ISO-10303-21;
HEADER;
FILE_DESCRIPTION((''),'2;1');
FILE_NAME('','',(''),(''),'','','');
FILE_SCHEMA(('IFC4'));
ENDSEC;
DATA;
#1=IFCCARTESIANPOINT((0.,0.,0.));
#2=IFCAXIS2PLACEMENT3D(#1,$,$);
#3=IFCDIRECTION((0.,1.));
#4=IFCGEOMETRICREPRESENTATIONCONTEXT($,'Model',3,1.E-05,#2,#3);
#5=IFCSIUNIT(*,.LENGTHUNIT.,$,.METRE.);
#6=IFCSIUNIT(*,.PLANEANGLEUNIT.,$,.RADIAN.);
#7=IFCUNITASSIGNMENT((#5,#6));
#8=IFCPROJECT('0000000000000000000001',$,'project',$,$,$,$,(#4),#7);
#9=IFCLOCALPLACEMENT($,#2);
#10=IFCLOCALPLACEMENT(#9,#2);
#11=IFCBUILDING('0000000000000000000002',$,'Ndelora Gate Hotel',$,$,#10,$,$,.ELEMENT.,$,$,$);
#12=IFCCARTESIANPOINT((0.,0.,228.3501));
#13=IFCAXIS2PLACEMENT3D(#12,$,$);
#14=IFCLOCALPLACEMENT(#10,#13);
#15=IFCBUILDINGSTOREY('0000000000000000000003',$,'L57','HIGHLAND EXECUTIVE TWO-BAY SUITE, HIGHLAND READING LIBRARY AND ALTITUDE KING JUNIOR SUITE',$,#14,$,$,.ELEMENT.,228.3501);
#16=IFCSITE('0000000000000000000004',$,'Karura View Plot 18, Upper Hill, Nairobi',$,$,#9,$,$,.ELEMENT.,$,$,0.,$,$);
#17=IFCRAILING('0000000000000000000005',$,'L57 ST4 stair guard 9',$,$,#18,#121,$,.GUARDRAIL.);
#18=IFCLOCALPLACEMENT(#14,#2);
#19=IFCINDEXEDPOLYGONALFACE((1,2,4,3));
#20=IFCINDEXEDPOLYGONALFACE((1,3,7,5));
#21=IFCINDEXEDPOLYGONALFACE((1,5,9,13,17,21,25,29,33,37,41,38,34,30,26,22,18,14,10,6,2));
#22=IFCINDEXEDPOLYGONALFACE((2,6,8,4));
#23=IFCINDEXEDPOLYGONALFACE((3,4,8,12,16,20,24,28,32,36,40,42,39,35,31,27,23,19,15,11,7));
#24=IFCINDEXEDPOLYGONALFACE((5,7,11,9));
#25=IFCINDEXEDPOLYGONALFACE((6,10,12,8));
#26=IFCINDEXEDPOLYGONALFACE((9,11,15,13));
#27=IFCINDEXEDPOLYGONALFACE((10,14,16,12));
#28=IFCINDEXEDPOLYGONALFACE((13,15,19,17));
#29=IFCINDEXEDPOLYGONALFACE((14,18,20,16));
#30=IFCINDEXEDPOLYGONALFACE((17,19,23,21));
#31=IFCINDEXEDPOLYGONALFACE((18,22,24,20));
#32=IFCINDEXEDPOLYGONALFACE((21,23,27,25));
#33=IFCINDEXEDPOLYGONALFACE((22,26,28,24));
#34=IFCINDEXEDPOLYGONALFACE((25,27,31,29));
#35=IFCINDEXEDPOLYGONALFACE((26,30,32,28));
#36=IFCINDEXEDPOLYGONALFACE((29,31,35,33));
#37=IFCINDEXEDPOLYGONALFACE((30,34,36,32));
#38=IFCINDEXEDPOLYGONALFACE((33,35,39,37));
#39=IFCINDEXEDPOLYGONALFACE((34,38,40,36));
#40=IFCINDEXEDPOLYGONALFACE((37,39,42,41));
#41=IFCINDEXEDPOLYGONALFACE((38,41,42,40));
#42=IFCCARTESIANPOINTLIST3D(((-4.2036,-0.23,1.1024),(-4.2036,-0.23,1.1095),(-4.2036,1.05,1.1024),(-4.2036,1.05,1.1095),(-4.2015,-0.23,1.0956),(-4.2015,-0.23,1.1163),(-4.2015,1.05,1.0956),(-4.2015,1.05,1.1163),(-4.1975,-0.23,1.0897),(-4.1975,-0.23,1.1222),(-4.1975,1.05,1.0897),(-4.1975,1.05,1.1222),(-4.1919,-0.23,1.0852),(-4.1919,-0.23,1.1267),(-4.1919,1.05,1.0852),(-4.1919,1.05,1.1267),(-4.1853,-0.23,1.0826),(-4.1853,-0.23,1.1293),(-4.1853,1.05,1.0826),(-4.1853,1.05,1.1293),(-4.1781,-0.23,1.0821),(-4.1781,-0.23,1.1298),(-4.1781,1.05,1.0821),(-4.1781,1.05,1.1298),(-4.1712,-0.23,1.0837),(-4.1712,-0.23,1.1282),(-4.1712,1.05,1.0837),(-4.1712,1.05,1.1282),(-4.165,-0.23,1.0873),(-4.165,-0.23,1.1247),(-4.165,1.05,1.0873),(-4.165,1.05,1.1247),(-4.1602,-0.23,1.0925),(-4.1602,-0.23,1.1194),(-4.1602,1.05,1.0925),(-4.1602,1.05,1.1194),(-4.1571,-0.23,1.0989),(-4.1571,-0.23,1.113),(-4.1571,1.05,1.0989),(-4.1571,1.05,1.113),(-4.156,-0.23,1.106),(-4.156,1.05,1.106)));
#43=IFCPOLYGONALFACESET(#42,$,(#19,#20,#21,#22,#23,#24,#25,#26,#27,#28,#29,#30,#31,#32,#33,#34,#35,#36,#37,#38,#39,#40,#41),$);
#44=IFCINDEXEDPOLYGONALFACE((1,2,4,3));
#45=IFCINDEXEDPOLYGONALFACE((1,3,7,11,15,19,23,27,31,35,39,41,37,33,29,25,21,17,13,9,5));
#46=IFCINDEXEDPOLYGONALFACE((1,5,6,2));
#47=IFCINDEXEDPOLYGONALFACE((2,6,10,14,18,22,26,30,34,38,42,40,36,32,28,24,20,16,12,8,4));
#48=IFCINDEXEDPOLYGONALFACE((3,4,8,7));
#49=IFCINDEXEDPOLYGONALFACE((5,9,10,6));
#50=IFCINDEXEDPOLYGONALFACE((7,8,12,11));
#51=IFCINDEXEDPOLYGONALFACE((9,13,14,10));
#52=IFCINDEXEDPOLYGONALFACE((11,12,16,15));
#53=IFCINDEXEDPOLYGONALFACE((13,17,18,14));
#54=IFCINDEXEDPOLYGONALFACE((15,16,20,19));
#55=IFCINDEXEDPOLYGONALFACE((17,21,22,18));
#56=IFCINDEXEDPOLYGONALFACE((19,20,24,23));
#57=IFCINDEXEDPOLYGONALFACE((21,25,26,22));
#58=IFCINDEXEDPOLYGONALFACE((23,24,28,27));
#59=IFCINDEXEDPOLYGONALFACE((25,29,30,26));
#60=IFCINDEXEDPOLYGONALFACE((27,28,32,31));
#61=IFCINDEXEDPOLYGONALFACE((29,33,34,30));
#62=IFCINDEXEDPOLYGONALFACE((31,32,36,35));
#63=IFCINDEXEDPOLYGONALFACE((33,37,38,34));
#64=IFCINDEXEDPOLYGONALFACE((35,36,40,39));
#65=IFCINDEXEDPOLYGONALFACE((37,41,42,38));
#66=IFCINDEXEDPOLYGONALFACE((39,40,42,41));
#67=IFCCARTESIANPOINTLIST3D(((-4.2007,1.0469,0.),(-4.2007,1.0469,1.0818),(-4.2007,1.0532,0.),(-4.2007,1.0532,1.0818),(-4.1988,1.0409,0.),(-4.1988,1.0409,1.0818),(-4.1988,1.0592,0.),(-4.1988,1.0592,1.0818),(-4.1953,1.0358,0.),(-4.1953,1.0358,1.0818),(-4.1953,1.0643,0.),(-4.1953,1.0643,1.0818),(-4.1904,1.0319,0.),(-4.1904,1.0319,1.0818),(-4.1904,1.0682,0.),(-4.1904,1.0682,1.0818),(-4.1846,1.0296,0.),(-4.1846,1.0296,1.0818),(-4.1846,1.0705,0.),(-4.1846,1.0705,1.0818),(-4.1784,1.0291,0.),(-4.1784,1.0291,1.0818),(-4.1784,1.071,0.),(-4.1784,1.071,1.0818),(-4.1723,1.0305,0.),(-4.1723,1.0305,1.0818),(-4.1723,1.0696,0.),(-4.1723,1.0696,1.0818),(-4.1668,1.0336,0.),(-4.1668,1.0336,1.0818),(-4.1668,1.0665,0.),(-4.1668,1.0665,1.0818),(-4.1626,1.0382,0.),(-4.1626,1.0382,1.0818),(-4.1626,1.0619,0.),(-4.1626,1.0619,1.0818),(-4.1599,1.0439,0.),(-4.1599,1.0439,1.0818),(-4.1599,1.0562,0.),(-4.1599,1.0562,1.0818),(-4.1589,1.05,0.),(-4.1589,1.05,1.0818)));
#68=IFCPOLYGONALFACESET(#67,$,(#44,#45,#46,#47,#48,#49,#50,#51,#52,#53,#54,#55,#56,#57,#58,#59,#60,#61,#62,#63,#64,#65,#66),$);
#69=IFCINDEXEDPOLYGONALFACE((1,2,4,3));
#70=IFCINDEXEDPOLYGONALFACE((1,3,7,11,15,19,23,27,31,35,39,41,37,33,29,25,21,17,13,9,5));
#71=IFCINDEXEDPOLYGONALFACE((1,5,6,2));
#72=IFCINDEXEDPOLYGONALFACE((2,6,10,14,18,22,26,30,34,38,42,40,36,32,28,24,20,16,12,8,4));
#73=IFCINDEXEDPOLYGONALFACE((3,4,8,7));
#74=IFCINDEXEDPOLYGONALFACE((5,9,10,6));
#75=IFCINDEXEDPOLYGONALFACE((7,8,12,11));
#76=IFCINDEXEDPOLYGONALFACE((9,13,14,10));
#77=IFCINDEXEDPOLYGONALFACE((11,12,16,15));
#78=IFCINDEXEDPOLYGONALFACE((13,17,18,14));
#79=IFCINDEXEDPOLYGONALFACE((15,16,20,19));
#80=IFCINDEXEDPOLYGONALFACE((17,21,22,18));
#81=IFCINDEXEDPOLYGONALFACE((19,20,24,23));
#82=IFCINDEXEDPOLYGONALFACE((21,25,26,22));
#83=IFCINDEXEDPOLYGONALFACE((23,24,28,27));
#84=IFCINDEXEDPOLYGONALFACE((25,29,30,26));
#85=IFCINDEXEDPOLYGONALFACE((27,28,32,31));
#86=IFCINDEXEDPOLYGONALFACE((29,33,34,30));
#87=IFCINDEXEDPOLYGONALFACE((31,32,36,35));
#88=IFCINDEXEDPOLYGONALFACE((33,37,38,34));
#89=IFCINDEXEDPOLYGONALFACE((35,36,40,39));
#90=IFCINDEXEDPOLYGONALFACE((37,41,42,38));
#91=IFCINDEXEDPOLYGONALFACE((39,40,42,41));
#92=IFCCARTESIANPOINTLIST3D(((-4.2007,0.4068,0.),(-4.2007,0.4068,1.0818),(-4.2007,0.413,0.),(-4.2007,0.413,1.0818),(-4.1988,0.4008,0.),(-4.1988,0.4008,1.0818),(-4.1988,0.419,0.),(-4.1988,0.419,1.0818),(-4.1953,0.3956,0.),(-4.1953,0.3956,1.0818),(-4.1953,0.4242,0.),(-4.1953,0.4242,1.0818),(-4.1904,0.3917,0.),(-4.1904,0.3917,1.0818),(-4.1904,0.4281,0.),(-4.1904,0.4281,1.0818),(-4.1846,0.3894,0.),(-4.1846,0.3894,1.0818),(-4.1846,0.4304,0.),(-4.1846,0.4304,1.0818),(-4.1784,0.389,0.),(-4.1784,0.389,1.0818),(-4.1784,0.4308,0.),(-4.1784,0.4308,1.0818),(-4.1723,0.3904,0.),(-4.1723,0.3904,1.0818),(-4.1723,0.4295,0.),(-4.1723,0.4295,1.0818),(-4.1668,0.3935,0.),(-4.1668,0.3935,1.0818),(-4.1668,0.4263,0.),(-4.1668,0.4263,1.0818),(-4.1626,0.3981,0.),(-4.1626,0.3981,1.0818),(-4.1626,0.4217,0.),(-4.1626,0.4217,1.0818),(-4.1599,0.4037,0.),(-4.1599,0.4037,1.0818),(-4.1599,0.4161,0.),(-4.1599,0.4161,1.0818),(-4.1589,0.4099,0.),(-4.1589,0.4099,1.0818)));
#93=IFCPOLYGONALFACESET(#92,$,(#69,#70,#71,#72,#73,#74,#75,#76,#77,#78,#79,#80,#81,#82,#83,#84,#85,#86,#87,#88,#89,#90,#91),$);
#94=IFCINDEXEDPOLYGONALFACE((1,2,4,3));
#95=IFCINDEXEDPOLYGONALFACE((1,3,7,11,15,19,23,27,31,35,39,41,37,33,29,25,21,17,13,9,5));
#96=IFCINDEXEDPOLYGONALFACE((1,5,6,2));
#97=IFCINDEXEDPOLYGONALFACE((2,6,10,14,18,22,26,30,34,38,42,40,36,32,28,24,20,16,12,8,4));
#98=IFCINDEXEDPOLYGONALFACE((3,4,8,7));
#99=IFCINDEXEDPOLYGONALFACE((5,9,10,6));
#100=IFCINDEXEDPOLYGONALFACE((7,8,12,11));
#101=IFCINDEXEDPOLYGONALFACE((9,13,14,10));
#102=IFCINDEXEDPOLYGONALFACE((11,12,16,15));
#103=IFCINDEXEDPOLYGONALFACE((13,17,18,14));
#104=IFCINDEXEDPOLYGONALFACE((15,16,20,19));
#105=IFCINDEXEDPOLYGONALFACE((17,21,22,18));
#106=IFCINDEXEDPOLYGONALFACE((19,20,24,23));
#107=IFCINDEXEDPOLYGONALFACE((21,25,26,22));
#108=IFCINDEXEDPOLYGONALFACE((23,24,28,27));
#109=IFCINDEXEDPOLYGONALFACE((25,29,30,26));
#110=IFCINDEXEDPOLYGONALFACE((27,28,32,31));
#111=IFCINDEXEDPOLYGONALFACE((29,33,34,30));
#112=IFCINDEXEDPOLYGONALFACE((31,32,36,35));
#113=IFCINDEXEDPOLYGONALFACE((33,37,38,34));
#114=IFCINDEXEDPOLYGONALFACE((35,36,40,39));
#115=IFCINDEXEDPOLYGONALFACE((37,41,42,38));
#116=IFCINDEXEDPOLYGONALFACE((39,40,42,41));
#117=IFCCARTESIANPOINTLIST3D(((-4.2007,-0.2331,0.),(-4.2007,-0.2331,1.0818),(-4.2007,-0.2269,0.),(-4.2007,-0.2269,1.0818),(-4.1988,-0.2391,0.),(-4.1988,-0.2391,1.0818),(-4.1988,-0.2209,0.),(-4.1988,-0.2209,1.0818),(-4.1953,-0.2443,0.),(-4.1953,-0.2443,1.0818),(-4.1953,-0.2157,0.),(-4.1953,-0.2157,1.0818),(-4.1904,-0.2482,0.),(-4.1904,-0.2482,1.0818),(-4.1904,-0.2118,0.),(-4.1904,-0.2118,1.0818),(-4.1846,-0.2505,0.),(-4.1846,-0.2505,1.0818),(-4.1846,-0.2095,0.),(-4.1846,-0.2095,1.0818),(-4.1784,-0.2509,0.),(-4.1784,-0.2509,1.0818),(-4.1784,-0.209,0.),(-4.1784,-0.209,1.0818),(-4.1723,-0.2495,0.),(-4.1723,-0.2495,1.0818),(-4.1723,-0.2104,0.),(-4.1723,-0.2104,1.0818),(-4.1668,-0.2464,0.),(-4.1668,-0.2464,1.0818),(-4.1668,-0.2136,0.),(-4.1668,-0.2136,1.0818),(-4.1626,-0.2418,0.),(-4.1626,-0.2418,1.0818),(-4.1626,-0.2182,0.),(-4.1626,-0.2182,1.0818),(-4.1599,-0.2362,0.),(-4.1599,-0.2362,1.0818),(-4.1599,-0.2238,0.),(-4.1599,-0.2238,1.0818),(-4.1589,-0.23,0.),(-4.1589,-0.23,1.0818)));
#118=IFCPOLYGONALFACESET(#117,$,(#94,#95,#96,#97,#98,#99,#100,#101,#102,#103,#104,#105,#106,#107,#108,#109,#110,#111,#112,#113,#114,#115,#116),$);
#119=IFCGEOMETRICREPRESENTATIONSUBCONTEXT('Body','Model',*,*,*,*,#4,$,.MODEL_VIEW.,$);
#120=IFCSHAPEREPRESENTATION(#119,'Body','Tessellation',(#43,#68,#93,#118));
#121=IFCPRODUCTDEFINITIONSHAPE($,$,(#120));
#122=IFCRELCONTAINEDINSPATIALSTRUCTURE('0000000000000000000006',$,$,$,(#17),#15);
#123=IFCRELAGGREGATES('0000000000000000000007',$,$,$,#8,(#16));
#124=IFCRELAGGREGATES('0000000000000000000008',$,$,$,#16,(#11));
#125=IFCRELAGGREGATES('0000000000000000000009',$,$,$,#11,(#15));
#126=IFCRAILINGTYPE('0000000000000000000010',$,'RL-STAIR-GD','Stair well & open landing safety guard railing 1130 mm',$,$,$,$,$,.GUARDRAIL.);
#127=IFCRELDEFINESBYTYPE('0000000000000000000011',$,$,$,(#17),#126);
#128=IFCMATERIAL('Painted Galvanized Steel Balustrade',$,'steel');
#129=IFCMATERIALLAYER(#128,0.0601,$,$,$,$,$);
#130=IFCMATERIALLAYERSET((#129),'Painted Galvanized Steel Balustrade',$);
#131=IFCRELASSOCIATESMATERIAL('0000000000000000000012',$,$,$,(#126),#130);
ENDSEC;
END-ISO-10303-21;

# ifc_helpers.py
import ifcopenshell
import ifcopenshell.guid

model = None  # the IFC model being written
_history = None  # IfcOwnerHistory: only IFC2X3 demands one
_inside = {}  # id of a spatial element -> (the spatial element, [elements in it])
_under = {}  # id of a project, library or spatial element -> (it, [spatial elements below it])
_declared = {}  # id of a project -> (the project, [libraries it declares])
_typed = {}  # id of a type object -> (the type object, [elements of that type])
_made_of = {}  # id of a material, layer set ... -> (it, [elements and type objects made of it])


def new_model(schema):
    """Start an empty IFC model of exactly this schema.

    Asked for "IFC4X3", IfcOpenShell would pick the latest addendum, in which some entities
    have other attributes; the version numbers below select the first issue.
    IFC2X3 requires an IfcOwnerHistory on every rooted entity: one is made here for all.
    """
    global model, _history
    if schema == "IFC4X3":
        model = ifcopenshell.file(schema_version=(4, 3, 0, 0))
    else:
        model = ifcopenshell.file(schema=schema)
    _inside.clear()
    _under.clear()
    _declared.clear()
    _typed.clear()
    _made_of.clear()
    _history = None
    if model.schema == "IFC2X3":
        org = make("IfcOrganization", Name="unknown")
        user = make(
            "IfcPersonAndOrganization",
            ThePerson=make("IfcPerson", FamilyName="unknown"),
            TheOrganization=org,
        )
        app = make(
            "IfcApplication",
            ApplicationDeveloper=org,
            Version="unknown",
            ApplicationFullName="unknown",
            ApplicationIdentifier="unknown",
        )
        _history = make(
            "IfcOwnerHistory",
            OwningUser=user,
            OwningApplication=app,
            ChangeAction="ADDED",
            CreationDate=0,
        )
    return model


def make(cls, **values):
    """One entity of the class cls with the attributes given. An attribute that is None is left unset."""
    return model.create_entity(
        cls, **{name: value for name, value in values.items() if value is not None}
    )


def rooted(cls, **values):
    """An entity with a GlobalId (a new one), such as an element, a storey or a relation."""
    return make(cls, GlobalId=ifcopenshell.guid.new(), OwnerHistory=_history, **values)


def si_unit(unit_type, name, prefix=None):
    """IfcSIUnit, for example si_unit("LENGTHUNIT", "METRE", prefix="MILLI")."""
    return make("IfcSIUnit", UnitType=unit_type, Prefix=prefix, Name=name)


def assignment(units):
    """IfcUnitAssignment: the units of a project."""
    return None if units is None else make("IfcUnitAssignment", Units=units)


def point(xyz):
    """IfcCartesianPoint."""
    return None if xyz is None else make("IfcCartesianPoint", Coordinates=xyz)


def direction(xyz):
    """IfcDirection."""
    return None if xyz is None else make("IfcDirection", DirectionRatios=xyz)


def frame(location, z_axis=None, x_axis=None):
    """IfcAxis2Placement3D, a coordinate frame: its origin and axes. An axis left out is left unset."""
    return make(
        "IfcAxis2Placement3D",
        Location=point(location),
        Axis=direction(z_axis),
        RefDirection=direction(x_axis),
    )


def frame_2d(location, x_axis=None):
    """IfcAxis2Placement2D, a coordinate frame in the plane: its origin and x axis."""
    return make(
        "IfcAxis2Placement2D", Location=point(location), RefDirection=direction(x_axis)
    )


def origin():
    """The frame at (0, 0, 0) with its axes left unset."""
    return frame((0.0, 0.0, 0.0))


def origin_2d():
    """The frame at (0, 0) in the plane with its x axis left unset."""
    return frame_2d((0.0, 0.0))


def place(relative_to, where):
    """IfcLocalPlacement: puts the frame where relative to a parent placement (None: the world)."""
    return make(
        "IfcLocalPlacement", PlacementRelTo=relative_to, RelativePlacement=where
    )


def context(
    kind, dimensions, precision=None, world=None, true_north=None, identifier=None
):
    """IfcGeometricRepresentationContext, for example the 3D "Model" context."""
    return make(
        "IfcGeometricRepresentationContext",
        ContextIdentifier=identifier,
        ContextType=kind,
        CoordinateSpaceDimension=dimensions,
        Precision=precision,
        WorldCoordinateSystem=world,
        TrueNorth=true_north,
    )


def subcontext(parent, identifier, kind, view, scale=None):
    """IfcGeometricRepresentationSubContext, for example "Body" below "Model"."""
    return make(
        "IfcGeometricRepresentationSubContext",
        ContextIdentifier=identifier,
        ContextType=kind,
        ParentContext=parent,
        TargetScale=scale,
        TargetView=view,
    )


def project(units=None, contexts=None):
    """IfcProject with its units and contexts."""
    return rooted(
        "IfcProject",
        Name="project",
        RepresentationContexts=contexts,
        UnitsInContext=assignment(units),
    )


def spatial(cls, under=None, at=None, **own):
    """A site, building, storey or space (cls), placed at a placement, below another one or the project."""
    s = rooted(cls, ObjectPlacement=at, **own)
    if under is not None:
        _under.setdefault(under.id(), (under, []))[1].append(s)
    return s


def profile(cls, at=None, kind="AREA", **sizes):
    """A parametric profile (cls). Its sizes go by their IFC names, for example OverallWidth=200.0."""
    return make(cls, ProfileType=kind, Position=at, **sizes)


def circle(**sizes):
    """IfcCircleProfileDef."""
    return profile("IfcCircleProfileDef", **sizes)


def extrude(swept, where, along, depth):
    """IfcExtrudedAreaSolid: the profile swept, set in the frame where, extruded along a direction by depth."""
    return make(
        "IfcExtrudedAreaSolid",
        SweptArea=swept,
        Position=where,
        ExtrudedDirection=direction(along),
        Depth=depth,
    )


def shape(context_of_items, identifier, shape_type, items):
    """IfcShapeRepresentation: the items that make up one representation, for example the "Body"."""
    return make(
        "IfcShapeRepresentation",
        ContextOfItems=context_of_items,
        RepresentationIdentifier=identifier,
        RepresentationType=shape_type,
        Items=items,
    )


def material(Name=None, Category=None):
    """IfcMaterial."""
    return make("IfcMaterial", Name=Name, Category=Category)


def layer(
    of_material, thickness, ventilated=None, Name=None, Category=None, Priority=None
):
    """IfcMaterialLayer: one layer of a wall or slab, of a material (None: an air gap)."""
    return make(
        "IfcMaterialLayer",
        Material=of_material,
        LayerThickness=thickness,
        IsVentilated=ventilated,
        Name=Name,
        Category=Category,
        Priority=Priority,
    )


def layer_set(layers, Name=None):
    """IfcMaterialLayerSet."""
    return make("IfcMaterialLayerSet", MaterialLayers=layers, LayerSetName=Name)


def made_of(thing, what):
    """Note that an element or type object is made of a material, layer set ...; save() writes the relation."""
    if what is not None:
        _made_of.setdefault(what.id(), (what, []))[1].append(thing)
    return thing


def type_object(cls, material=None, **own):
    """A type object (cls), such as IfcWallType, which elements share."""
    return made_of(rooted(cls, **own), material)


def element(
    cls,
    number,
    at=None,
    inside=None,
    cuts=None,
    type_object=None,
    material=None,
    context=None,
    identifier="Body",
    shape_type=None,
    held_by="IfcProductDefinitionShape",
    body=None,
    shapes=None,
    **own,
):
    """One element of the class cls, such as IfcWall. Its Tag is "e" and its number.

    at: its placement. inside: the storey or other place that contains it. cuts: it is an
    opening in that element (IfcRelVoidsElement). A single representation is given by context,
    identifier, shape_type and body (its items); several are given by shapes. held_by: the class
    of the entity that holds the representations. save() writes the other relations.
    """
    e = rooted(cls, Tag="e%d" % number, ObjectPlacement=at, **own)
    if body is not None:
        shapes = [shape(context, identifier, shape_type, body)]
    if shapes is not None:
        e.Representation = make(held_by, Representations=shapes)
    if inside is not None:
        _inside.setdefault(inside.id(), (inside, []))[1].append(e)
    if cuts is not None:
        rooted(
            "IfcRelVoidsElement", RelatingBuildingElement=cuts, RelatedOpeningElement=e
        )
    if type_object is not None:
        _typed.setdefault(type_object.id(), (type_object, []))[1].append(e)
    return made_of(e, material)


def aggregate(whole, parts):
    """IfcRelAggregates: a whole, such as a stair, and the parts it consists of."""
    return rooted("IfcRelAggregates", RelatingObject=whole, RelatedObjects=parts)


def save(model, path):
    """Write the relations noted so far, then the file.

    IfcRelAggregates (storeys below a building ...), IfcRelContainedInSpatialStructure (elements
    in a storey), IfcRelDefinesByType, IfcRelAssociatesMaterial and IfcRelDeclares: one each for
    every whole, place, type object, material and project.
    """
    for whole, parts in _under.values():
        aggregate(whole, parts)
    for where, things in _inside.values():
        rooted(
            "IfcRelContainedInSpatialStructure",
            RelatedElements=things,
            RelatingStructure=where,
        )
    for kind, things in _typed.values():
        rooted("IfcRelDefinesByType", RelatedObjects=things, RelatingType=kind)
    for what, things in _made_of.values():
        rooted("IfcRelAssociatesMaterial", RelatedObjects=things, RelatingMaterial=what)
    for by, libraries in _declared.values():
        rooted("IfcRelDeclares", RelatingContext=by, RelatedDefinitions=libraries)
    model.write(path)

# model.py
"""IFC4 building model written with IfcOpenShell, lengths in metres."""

from ifc_helpers import new_model, si_unit, direction, frame, origin, origin_2d, place, context, subcontext, project, spatial, circle, extrude, material, layer, layer_set, type_object, element, save


model = new_model("IFC4")

# Units and contexts
model_context = context("Model", 3, precision=1e-05, world=origin(), true_north=direction((0.0, 1.0)))
body_context = subcontext(model_context, "Body", "Model", "MODEL_VIEW")
ifc_project = project(units=[si_unit("LENGTHUNIT", "METRE"), si_unit("PLANEANGLEUNIT", "RADIAN")], contexts=[model_context])

# Site, building, storey
site_placement = place(None, origin())
site = spatial("IfcSite", under=ifc_project, at=site_placement, Name="Karura View Plot 18, Upper Hill, Nairobi", CompositionType="ELEMENT", RefElevation=0.0)
building_placement = place(site_placement, origin())
building = spatial("IfcBuilding", under=site, at=building_placement, Name="Ndelora Gate Hotel", CompositionType="ELEMENT")
storey_placement = place(building_placement, frame((0.0, 0.0, 228.3501)))
storey = spatial("IfcBuildingStorey", under=building, at=storey_placement, Name="L57", Description="HIGHLAND EXECUTIVE TWO-BAY SUITE, HIGHLAND READING LIBRARY AND ALTITUDE KING JUNIOR SUITE", CompositionType="ELEMENT", Elevation=228.3501)

# Railing
ifc_material_1 = material(Name="Painted Galvanized Steel Balustrade", Category="steel")
ifc_layer_1 = layer(ifc_material_1, 0.0601)
ifc_layer_set_1 = layer_set([ifc_layer_1], Name="Painted Galvanized Steel Balustrade")
railing_type_1 = type_object("IfcRailingType", Name="RL-STAIR-GD", Description="Stair well & open landing safety guard railing 1130 mm", PredefinedType="GUARDRAIL", material=ifc_layer_set_1)
for number, where, name in (
    (1, (-4.1799, 1.05, 0.0), "L57 ST4 stair guard 9"),
):
    element("IfcRailing", number, at=place(storey_placement, frame(where)), inside=storey, type_object=railing_type_1, Name=name, PredefinedType="GUARDRAIL", context=body_context, shape_type="SweptSolid", body=[
        extrude(circle(Radius=0.0239, at=origin_2d()), frame((0.0, 0.0, 1.106), z_axis=(0.0, -1.0, 0.0), x_axis=(1.0, 0.0, 0.0)), (0.0, 0.0, 1.0), 1.28),
        extrude(circle(Radius=0.021, at=origin_2d()), origin(), (0.0, 0.0, 1.0), 1.0818),
        extrude(circle(Radius=0.021, at=origin_2d()), frame((0.0, -0.6401, 0.0)), (0.0, 0.0, 1.0), 1.0818),
        extrude(circle(Radius=0.021, at=origin_2d()), frame((0.0, -1.28, 0.0)), (0.0, 0.0, 1.0), 1.0818),
    ])

save(model, "model.ifc")
